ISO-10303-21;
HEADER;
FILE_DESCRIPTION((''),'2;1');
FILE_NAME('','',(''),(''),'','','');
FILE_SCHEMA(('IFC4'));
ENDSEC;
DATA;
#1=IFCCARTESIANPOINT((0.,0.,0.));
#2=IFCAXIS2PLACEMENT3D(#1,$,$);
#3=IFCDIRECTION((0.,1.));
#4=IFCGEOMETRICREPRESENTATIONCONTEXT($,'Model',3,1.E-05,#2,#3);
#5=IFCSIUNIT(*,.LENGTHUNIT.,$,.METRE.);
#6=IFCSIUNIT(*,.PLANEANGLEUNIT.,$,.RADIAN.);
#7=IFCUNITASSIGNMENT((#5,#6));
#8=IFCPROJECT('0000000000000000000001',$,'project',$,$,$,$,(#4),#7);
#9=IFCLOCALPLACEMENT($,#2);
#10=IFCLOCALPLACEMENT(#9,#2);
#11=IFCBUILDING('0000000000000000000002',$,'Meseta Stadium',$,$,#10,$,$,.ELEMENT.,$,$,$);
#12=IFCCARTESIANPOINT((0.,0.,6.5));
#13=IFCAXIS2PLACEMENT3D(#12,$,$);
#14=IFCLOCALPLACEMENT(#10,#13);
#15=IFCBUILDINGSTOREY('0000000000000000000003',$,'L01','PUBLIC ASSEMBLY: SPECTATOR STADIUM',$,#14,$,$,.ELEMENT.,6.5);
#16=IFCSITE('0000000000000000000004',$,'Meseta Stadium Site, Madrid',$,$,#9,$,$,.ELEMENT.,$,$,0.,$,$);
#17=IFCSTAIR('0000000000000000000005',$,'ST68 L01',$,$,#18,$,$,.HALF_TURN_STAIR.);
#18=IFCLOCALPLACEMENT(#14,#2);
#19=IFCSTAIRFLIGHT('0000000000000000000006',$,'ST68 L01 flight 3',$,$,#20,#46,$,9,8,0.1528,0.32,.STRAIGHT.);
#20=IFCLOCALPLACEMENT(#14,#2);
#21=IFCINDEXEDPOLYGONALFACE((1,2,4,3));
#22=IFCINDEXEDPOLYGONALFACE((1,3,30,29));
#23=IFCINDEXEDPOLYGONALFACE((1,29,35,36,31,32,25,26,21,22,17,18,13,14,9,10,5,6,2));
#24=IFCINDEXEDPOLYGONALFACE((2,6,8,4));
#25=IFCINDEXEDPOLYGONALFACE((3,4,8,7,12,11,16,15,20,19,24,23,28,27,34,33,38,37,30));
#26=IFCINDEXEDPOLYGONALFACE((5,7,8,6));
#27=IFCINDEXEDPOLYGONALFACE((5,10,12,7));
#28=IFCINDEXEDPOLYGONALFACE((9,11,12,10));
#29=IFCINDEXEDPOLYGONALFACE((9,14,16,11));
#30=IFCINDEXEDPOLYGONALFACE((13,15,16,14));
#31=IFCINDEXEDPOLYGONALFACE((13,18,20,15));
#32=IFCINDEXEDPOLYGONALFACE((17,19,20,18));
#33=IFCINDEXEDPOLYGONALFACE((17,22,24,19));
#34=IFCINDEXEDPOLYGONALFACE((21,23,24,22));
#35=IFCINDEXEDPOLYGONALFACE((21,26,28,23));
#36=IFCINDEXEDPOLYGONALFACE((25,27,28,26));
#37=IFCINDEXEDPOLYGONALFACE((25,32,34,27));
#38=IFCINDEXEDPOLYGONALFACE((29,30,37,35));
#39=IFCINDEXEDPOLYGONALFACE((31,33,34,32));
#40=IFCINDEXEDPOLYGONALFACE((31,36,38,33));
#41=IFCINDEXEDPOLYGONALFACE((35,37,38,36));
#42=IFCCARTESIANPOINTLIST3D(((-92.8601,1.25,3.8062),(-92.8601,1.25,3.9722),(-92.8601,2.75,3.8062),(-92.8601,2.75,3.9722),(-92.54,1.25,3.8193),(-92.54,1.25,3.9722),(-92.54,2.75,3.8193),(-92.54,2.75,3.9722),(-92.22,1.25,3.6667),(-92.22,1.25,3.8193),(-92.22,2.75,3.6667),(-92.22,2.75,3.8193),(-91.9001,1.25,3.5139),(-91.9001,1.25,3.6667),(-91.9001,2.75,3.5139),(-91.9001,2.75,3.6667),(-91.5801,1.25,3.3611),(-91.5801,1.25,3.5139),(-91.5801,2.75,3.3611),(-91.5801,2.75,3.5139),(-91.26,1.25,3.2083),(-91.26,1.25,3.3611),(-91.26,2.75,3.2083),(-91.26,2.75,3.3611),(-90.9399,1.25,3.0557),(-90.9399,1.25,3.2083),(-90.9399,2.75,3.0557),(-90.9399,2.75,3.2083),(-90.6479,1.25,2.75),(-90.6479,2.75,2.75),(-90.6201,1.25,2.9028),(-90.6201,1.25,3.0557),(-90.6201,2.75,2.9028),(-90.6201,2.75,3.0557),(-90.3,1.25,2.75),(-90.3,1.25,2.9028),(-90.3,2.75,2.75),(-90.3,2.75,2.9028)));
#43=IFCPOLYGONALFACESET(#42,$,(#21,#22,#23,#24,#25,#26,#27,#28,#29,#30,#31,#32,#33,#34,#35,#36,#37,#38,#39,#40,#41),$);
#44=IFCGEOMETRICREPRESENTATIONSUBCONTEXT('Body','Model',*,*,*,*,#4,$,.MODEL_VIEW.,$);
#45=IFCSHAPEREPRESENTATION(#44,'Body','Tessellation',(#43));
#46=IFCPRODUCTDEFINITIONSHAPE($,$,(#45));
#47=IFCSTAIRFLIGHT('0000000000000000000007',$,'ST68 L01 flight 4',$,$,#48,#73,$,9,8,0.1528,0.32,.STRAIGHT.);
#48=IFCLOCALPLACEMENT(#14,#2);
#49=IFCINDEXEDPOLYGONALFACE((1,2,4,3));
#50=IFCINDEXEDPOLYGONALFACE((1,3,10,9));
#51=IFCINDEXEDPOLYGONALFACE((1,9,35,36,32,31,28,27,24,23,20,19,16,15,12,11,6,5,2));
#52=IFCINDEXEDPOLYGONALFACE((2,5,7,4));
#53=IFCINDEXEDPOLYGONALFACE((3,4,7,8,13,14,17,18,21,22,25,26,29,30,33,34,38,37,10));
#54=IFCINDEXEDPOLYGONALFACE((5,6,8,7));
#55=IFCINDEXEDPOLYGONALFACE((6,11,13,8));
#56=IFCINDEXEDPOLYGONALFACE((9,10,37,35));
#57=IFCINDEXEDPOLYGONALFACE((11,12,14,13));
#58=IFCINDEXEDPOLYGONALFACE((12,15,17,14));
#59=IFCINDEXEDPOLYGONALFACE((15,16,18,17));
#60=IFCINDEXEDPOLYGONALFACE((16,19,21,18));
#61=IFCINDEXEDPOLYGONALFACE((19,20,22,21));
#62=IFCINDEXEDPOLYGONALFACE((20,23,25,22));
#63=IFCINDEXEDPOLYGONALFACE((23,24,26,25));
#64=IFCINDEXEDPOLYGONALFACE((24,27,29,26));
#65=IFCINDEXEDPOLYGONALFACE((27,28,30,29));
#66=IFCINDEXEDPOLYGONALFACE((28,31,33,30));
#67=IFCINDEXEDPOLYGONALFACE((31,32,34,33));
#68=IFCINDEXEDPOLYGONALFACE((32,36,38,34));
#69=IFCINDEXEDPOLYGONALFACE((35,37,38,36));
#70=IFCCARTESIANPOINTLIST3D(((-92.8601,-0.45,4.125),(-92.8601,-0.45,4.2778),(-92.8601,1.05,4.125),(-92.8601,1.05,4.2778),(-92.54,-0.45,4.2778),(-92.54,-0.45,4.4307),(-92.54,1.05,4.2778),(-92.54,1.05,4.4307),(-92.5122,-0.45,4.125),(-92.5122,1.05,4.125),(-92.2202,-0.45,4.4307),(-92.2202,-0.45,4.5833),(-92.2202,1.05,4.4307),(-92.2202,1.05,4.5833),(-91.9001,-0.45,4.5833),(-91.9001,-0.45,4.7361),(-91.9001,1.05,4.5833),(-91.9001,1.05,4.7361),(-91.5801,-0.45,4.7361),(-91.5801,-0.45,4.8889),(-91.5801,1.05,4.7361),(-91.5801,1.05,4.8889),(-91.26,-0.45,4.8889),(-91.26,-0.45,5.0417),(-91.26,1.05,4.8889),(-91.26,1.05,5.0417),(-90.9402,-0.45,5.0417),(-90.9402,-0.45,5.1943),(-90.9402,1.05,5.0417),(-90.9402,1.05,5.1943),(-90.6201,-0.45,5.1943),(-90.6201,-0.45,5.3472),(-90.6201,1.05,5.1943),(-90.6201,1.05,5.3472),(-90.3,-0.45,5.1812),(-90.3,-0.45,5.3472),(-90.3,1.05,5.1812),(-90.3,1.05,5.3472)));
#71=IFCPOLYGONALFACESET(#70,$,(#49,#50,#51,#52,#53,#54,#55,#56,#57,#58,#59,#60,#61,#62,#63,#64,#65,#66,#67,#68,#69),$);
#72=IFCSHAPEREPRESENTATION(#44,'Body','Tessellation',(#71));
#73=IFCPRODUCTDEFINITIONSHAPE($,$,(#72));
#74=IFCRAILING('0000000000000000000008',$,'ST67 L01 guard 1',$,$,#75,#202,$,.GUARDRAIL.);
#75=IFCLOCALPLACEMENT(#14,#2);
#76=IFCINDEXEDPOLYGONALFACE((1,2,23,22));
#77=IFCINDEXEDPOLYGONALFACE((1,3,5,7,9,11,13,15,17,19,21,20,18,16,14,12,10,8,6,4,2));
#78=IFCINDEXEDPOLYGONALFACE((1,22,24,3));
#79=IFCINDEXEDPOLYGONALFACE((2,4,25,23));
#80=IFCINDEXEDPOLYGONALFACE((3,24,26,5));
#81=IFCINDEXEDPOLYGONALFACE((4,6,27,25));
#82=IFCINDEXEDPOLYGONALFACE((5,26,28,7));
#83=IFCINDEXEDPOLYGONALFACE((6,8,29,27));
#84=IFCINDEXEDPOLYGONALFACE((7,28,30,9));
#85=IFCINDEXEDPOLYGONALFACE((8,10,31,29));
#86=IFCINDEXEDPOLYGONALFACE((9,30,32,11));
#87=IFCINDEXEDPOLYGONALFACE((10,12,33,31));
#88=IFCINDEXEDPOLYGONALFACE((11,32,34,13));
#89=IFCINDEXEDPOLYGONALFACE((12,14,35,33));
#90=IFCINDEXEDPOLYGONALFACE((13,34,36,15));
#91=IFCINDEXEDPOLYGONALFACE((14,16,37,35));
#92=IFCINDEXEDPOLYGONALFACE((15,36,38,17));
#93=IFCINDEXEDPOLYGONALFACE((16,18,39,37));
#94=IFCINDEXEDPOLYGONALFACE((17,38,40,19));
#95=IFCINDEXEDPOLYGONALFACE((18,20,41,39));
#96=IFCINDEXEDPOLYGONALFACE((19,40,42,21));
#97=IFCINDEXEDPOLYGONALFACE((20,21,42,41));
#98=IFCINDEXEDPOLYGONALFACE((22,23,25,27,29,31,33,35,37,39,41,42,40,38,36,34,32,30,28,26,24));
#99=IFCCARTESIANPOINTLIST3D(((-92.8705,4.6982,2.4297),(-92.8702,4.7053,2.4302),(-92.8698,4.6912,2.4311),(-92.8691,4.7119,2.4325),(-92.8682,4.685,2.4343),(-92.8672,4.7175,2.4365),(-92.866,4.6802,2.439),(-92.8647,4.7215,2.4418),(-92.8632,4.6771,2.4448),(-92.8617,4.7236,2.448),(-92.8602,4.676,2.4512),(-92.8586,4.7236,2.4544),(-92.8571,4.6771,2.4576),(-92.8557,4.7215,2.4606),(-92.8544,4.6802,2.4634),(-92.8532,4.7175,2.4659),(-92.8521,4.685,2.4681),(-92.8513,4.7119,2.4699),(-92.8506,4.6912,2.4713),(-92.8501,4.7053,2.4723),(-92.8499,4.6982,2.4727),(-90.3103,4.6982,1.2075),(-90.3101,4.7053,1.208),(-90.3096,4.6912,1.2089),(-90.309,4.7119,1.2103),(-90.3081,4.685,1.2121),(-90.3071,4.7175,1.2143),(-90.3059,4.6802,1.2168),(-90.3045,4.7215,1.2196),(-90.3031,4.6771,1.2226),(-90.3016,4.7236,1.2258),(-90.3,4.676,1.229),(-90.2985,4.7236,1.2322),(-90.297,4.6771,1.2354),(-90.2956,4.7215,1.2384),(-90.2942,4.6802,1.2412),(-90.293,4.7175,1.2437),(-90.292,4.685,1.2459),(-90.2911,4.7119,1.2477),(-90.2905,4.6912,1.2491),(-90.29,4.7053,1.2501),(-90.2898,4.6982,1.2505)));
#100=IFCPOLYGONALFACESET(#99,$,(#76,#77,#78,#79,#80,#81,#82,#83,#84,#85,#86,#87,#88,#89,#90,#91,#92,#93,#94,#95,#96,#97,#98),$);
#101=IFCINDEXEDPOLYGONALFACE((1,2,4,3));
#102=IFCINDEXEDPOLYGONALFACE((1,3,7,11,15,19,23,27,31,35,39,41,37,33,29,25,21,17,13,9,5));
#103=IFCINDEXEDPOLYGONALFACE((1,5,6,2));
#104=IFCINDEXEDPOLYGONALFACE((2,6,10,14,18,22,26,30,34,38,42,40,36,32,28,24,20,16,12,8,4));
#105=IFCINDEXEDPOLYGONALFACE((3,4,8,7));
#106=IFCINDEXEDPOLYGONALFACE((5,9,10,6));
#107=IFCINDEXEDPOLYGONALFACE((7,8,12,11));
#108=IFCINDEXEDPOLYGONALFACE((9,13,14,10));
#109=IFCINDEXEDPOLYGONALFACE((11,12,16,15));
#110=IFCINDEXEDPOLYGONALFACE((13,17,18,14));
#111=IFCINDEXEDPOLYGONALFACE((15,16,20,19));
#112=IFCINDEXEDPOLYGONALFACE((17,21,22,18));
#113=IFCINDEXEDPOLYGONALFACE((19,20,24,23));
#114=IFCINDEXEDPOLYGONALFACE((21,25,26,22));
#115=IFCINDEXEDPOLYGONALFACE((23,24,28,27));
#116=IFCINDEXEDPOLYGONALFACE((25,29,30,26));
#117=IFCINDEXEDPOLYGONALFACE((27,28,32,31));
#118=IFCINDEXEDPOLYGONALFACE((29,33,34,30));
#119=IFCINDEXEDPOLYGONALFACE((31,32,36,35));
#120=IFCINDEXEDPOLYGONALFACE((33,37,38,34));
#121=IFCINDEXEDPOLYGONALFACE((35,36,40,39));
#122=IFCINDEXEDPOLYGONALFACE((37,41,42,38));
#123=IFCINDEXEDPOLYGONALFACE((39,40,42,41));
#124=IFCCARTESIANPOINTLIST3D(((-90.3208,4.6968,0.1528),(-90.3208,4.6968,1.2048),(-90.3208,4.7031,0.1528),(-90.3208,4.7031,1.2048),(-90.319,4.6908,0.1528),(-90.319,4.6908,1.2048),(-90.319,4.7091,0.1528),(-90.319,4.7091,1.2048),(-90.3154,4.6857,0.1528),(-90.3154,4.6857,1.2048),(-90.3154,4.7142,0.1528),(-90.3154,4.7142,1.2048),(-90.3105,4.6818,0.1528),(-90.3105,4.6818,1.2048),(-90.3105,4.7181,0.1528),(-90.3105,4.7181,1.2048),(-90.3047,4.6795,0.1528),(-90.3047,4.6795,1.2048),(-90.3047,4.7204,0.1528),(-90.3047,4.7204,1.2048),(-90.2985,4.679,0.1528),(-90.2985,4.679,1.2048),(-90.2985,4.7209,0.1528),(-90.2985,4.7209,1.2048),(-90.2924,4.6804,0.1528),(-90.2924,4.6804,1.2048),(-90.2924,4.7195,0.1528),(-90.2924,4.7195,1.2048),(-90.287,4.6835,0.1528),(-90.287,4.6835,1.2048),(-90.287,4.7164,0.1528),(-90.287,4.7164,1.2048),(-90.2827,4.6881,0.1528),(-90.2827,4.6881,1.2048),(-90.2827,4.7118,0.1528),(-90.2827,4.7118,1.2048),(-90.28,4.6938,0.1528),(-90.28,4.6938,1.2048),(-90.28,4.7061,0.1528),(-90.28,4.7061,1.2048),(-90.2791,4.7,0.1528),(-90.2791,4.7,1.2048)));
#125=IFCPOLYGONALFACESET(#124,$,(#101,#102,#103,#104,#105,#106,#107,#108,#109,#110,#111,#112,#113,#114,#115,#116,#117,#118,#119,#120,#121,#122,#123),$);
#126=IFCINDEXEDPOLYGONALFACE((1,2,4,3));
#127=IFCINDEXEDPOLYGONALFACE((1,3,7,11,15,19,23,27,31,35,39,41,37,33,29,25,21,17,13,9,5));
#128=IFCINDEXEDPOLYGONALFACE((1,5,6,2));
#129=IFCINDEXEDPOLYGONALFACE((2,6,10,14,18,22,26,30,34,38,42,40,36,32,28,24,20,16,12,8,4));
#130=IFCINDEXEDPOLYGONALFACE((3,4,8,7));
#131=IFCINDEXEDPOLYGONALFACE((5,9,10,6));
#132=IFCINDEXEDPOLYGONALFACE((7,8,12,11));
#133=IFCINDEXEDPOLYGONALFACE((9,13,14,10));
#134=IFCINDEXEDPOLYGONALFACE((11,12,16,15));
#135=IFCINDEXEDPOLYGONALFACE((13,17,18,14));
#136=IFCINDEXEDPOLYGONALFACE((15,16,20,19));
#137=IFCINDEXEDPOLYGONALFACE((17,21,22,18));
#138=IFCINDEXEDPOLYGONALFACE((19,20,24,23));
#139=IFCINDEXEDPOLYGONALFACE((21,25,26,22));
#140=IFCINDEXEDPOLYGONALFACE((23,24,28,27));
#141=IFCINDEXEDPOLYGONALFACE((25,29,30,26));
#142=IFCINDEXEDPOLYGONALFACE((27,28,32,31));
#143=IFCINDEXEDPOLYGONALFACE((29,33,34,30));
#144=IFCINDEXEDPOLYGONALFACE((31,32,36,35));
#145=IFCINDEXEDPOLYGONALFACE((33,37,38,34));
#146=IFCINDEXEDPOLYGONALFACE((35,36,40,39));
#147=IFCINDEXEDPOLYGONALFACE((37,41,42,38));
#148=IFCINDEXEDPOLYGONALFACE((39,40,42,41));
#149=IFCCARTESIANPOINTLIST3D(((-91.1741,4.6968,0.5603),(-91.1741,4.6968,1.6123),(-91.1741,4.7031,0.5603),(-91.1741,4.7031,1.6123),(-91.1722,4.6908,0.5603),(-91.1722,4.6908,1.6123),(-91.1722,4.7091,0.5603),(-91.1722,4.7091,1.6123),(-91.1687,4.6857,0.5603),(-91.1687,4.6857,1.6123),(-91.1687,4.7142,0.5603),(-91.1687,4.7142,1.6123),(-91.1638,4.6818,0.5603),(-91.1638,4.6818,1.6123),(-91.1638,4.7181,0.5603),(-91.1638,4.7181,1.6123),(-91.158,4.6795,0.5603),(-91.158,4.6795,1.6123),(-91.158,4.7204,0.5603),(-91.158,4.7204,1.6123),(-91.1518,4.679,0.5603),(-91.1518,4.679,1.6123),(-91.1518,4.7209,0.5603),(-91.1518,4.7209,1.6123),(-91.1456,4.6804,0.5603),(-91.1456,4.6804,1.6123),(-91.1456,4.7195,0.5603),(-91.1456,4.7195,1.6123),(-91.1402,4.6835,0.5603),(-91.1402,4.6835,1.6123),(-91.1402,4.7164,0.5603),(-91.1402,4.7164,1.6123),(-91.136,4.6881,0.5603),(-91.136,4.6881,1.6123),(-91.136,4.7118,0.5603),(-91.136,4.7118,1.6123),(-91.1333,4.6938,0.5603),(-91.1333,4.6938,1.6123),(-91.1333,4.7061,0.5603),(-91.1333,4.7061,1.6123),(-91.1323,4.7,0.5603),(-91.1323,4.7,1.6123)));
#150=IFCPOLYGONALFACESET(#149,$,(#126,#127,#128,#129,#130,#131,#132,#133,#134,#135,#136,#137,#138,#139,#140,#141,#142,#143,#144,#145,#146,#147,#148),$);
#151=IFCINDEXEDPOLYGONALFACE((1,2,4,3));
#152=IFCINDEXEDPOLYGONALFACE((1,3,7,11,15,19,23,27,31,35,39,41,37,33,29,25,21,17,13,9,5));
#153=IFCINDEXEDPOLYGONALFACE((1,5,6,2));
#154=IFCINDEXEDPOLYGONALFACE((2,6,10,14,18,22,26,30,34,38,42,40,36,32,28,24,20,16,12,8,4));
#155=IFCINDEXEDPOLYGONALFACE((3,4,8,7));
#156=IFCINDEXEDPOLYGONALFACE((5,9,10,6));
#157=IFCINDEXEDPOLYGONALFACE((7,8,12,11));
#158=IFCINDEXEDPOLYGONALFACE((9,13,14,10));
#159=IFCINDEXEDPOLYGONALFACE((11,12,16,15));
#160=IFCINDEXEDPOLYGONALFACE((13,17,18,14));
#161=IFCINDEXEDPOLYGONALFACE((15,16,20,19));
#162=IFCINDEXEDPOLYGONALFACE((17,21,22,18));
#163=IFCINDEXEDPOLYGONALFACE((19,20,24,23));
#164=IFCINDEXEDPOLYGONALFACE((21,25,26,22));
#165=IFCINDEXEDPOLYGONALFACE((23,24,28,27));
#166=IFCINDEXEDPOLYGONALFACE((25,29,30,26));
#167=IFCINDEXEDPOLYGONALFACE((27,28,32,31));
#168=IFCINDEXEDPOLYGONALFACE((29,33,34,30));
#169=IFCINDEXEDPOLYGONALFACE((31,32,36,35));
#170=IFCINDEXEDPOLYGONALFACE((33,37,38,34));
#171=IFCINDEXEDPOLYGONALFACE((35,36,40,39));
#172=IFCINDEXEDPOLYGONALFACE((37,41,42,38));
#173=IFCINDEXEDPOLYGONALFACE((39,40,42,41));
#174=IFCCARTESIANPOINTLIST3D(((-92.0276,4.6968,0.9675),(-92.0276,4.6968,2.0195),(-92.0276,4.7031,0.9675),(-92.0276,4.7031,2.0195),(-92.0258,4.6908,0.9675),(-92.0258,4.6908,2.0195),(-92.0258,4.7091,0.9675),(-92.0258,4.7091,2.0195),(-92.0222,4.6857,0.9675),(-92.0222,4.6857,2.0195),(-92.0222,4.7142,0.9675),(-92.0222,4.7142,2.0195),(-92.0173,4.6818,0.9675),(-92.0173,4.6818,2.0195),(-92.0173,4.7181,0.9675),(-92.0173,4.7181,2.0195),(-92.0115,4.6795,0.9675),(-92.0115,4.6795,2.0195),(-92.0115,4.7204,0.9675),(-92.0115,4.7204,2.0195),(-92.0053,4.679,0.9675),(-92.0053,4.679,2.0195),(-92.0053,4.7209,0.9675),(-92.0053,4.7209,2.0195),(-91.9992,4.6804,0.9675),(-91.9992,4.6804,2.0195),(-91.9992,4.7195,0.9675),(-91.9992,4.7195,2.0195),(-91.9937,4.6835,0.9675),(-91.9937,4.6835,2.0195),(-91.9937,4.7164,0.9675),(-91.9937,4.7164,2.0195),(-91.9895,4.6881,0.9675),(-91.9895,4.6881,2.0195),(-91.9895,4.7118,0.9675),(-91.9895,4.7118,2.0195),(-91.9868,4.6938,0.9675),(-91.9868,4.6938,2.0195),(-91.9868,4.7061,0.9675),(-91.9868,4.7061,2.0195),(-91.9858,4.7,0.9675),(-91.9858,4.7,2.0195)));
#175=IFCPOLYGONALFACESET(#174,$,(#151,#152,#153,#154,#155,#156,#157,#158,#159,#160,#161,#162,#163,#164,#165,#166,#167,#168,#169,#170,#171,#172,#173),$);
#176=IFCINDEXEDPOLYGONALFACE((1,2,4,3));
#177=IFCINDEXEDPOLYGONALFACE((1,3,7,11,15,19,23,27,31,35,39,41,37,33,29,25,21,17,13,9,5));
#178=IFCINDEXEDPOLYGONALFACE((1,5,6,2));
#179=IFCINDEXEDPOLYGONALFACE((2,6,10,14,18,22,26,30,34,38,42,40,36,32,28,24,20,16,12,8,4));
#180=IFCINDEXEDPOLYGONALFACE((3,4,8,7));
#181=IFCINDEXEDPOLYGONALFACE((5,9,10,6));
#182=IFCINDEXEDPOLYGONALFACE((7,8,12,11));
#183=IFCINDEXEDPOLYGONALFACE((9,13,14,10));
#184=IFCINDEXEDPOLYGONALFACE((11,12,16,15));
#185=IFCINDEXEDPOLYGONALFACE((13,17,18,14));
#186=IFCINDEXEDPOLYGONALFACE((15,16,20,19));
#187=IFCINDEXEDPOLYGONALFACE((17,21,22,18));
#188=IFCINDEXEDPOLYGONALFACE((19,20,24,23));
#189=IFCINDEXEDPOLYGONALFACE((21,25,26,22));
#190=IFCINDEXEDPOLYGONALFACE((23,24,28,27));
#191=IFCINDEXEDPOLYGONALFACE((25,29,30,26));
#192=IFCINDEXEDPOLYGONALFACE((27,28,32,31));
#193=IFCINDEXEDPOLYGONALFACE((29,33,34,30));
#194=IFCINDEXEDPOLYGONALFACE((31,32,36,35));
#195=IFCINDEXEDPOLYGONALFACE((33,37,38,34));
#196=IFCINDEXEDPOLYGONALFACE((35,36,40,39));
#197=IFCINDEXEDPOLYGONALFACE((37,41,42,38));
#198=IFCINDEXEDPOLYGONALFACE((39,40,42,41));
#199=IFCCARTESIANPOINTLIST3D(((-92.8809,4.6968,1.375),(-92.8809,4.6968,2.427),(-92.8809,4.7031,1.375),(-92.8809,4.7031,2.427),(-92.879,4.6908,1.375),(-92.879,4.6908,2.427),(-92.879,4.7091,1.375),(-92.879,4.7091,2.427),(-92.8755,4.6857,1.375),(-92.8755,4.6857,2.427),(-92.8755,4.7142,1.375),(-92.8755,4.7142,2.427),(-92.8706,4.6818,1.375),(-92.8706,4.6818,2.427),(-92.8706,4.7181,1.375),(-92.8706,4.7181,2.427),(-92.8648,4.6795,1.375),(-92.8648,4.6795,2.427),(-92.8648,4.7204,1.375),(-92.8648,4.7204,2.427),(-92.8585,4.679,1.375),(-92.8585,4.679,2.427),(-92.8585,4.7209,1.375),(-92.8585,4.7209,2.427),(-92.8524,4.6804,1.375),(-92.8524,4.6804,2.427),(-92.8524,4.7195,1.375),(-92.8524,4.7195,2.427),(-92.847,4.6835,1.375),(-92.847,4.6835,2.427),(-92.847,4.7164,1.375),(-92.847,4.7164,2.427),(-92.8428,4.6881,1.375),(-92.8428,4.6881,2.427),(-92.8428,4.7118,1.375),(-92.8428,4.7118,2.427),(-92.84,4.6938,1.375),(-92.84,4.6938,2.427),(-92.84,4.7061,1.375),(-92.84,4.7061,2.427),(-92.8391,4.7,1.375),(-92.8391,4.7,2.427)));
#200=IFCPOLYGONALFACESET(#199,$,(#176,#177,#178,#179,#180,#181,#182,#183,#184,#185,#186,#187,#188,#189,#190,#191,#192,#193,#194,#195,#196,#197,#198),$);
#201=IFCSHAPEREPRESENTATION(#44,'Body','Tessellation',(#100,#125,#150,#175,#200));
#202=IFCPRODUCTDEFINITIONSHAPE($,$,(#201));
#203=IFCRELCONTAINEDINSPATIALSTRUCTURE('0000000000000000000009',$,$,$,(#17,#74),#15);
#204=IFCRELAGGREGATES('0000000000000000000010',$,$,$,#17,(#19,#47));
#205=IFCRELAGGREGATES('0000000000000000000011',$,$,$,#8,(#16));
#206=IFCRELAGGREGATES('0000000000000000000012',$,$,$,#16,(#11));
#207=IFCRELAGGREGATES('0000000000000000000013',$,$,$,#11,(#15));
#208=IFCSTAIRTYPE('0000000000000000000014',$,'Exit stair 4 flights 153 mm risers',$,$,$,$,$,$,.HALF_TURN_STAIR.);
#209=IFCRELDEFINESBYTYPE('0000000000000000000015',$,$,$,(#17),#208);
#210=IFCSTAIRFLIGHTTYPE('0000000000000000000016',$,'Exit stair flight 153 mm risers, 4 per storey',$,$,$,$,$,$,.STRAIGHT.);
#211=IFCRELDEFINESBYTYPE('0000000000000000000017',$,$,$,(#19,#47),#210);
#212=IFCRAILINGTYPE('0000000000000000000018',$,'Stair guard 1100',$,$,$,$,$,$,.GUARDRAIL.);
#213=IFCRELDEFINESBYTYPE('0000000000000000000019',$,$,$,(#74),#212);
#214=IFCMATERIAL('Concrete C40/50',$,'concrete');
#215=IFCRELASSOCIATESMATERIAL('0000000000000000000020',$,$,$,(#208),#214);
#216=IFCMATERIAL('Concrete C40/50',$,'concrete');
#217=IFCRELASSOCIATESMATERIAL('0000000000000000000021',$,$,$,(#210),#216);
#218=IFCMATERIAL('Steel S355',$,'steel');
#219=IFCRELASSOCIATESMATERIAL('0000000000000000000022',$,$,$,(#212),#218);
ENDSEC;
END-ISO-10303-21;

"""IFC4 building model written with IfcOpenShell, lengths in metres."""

from ifc_helpers import new_model, si_unit, direction, frame, origin, origin_2d, place, context, subcontext, project, spatial, polyline, circle, outline, extrude, material, type_object, element, aggregate, save


model = new_model("IFC4")

# Units and contexts
model_context = context("Model", 3, precision=1e-05, world=origin(), true_north=direction((0.0, 1.0)))
body_context = subcontext(model_context, "Body", "Model", "MODEL_VIEW")
ifc_project = project(units=[si_unit("LENGTHUNIT", "METRE"), si_unit("PLANEANGLEUNIT", "RADIAN")], contexts=[model_context])

# Site, building, storey
site_placement = place(None, origin())
site = spatial("IfcSite", under=ifc_project, at=site_placement, Name="Meseta Stadium Site, Madrid", CompositionType="ELEMENT", RefElevation=0.0)
building_placement = place(site_placement, origin())
building = spatial("IfcBuilding", under=site, at=building_placement, Name="Meseta Stadium", CompositionType="ELEMENT")
storey_placement = place(building_placement, frame((0.0, 0.0, 6.5)))
storey = spatial("IfcBuildingStorey", under=building, at=storey_placement, Name="L01", Description="PUBLIC ASSEMBLY: SPECTATOR STADIUM", CompositionType="ELEMENT", Elevation=6.5)

# Stair, stair flights
ifc_material_1 = material(Name="Concrete C40/50", Category="concrete")
stair_type = type_object("IfcStairType", Name="Exit stair 4 flights 153 mm risers", PredefinedType="HALF_TURN_STAIR", material=ifc_material_1)
ifc_material_2 = material(Name="Concrete C40/50", Category="concrete")
stair_flight_type = type_object("IfcStairFlightType", Name="Exit stair flight 153 mm risers, 4 per storey", PredefinedType="STRAIGHT", material=ifc_material_2)
stair_1_placement = place(storey_placement, origin())
stair_1 = element("IfcStair", 1, at=stair_1_placement, inside=storey, type_object=stair_type, Name="ST68 L01", PredefinedType="HALF_TURN_STAIR")
stair_flight_1_placement = place(storey_placement, frame((-90.3, 2.0, 2.75), z_axis=(0.0, 0.0, 1.0), x_axis=(-1.0, 0.0, 0.0)))
stair_flight_1 = element("IfcStairFlight", 2, at=stair_flight_1_placement, type_object=stair_flight_type, Name="ST68 L01 flight 3", NumberOfRisers=9, NumberOfTreads=8, PredefinedType="STRAIGHT", RiserHeight=0.1528, TreadLength=0.32, context=body_context, shape_type="SweptSolid", body=[
    extrude(outline(polyline([(0.0, 0.0), (0.0, 0.1528), (0.3201, 0.1528), (0.3201, 0.3057), (0.6399, 0.3057), (0.6399, 0.4583), (0.96, 0.4583), (0.96, 0.6111), (1.28, 0.6111), (1.28, 0.7639), (1.6001, 0.7639), (1.6001, 0.9167), (1.9199, 0.9167), (1.9199, 1.0693), (2.24, 1.0693), (2.24, 1.2222), (2.5601, 1.2222), (2.5601, 1.0562), (0.3479, 0.0), (0.0, 0.0)])), frame((0.0, 0.75, 0.0), z_axis=(0.0, -1.0, 0.0), x_axis=(1.0, 0.0, 0.0)), (0.0, 0.0, 1.0), 1.5),
])
stair_flight_2_placement = place(storey_placement, frame((-92.8601, 0.3, 4.125), z_axis=(0.0, 0.0, 1.0), x_axis=(1.0, 0.0, 0.0)))
stair_flight_2 = element("IfcStairFlight", 3, at=stair_flight_2_placement, type_object=stair_flight_type, Name="ST68 L01 flight 4", NumberOfRisers=9, NumberOfTreads=8, PredefinedType="STRAIGHT", RiserHeight=0.1528, TreadLength=0.32, context=body_context, shape_type="SweptSolid", body=[
    extrude(outline(polyline([(0.0, 0.0), (0.0, 0.1528), (0.3201, 0.1528), (0.3201, 0.3057), (0.6399, 0.3057), (0.6399, 0.4583), (0.96, 0.4583), (0.96, 0.6111), (1.28, 0.6111), (1.28, 0.7639), (1.6001, 0.7639), (1.6001, 0.9167), (1.9199, 0.9167), (1.9199, 1.0693), (2.24, 1.0693), (2.24, 1.2222), (2.5601, 1.2222), (2.5601, 1.0562), (0.3479, 0.0), (0.0, 0.0)])), frame((0.0, 0.75, 0.0), z_axis=(0.0, -1.0, 0.0), x_axis=(1.0, 0.0, 0.0)), (0.0, 0.0, 1.0), 1.5),
])
aggregate(stair_1, [stair_flight_1, stair_flight_2])

# Railing
ifc_material_3 = material(Name="Steel S355", Category="steel")
railing_type_1 = type_object("IfcRailingType", Name="Stair guard 1100", PredefinedType="GUARDRAIL", material=ifc_material_3)
railing_1_placement = place(storey_placement, frame((-90.3, 4.7, 0.1528)))
element("IfcRailing", 4, at=railing_1_placement, inside=storey, type_object=railing_type_1, Name="ST67 L01 guard 1", PredefinedType="GUARDRAIL", context=body_context, shape_type="SweptSolid", body=[
    extrude(circle(Radius=0.0239, at=origin_2d()), frame((0.0, 0.0, 1.0762), z_axis=(-0.902437, 0.0, 0.430822), x_axis=(0.0, -1.0, 0.0)), (0.0, 0.0, 1.0), 2.8369),
    extrude(circle(Radius=0.021, at=origin_2d()), origin(), (0.0, 0.0, 1.0), 1.052),
    extrude(circle(Radius=0.021, at=origin_2d()), frame((-0.8533, 0.0, 0.4075)), (0.0, 0.0, 1.0), 1.052),
    extrude(circle(Radius=0.021, at=origin_2d()), frame((-1.7068, 0.0, 0.8147)), (0.0, 0.0, 1.0), 1.052),
    extrude(circle(Radius=0.021, at=origin_2d()), frame((-2.5601, 0.0, 1.2222)), (0.0, 0.0, 1.0), 1.052),
])

save(model, "model.ifc")
